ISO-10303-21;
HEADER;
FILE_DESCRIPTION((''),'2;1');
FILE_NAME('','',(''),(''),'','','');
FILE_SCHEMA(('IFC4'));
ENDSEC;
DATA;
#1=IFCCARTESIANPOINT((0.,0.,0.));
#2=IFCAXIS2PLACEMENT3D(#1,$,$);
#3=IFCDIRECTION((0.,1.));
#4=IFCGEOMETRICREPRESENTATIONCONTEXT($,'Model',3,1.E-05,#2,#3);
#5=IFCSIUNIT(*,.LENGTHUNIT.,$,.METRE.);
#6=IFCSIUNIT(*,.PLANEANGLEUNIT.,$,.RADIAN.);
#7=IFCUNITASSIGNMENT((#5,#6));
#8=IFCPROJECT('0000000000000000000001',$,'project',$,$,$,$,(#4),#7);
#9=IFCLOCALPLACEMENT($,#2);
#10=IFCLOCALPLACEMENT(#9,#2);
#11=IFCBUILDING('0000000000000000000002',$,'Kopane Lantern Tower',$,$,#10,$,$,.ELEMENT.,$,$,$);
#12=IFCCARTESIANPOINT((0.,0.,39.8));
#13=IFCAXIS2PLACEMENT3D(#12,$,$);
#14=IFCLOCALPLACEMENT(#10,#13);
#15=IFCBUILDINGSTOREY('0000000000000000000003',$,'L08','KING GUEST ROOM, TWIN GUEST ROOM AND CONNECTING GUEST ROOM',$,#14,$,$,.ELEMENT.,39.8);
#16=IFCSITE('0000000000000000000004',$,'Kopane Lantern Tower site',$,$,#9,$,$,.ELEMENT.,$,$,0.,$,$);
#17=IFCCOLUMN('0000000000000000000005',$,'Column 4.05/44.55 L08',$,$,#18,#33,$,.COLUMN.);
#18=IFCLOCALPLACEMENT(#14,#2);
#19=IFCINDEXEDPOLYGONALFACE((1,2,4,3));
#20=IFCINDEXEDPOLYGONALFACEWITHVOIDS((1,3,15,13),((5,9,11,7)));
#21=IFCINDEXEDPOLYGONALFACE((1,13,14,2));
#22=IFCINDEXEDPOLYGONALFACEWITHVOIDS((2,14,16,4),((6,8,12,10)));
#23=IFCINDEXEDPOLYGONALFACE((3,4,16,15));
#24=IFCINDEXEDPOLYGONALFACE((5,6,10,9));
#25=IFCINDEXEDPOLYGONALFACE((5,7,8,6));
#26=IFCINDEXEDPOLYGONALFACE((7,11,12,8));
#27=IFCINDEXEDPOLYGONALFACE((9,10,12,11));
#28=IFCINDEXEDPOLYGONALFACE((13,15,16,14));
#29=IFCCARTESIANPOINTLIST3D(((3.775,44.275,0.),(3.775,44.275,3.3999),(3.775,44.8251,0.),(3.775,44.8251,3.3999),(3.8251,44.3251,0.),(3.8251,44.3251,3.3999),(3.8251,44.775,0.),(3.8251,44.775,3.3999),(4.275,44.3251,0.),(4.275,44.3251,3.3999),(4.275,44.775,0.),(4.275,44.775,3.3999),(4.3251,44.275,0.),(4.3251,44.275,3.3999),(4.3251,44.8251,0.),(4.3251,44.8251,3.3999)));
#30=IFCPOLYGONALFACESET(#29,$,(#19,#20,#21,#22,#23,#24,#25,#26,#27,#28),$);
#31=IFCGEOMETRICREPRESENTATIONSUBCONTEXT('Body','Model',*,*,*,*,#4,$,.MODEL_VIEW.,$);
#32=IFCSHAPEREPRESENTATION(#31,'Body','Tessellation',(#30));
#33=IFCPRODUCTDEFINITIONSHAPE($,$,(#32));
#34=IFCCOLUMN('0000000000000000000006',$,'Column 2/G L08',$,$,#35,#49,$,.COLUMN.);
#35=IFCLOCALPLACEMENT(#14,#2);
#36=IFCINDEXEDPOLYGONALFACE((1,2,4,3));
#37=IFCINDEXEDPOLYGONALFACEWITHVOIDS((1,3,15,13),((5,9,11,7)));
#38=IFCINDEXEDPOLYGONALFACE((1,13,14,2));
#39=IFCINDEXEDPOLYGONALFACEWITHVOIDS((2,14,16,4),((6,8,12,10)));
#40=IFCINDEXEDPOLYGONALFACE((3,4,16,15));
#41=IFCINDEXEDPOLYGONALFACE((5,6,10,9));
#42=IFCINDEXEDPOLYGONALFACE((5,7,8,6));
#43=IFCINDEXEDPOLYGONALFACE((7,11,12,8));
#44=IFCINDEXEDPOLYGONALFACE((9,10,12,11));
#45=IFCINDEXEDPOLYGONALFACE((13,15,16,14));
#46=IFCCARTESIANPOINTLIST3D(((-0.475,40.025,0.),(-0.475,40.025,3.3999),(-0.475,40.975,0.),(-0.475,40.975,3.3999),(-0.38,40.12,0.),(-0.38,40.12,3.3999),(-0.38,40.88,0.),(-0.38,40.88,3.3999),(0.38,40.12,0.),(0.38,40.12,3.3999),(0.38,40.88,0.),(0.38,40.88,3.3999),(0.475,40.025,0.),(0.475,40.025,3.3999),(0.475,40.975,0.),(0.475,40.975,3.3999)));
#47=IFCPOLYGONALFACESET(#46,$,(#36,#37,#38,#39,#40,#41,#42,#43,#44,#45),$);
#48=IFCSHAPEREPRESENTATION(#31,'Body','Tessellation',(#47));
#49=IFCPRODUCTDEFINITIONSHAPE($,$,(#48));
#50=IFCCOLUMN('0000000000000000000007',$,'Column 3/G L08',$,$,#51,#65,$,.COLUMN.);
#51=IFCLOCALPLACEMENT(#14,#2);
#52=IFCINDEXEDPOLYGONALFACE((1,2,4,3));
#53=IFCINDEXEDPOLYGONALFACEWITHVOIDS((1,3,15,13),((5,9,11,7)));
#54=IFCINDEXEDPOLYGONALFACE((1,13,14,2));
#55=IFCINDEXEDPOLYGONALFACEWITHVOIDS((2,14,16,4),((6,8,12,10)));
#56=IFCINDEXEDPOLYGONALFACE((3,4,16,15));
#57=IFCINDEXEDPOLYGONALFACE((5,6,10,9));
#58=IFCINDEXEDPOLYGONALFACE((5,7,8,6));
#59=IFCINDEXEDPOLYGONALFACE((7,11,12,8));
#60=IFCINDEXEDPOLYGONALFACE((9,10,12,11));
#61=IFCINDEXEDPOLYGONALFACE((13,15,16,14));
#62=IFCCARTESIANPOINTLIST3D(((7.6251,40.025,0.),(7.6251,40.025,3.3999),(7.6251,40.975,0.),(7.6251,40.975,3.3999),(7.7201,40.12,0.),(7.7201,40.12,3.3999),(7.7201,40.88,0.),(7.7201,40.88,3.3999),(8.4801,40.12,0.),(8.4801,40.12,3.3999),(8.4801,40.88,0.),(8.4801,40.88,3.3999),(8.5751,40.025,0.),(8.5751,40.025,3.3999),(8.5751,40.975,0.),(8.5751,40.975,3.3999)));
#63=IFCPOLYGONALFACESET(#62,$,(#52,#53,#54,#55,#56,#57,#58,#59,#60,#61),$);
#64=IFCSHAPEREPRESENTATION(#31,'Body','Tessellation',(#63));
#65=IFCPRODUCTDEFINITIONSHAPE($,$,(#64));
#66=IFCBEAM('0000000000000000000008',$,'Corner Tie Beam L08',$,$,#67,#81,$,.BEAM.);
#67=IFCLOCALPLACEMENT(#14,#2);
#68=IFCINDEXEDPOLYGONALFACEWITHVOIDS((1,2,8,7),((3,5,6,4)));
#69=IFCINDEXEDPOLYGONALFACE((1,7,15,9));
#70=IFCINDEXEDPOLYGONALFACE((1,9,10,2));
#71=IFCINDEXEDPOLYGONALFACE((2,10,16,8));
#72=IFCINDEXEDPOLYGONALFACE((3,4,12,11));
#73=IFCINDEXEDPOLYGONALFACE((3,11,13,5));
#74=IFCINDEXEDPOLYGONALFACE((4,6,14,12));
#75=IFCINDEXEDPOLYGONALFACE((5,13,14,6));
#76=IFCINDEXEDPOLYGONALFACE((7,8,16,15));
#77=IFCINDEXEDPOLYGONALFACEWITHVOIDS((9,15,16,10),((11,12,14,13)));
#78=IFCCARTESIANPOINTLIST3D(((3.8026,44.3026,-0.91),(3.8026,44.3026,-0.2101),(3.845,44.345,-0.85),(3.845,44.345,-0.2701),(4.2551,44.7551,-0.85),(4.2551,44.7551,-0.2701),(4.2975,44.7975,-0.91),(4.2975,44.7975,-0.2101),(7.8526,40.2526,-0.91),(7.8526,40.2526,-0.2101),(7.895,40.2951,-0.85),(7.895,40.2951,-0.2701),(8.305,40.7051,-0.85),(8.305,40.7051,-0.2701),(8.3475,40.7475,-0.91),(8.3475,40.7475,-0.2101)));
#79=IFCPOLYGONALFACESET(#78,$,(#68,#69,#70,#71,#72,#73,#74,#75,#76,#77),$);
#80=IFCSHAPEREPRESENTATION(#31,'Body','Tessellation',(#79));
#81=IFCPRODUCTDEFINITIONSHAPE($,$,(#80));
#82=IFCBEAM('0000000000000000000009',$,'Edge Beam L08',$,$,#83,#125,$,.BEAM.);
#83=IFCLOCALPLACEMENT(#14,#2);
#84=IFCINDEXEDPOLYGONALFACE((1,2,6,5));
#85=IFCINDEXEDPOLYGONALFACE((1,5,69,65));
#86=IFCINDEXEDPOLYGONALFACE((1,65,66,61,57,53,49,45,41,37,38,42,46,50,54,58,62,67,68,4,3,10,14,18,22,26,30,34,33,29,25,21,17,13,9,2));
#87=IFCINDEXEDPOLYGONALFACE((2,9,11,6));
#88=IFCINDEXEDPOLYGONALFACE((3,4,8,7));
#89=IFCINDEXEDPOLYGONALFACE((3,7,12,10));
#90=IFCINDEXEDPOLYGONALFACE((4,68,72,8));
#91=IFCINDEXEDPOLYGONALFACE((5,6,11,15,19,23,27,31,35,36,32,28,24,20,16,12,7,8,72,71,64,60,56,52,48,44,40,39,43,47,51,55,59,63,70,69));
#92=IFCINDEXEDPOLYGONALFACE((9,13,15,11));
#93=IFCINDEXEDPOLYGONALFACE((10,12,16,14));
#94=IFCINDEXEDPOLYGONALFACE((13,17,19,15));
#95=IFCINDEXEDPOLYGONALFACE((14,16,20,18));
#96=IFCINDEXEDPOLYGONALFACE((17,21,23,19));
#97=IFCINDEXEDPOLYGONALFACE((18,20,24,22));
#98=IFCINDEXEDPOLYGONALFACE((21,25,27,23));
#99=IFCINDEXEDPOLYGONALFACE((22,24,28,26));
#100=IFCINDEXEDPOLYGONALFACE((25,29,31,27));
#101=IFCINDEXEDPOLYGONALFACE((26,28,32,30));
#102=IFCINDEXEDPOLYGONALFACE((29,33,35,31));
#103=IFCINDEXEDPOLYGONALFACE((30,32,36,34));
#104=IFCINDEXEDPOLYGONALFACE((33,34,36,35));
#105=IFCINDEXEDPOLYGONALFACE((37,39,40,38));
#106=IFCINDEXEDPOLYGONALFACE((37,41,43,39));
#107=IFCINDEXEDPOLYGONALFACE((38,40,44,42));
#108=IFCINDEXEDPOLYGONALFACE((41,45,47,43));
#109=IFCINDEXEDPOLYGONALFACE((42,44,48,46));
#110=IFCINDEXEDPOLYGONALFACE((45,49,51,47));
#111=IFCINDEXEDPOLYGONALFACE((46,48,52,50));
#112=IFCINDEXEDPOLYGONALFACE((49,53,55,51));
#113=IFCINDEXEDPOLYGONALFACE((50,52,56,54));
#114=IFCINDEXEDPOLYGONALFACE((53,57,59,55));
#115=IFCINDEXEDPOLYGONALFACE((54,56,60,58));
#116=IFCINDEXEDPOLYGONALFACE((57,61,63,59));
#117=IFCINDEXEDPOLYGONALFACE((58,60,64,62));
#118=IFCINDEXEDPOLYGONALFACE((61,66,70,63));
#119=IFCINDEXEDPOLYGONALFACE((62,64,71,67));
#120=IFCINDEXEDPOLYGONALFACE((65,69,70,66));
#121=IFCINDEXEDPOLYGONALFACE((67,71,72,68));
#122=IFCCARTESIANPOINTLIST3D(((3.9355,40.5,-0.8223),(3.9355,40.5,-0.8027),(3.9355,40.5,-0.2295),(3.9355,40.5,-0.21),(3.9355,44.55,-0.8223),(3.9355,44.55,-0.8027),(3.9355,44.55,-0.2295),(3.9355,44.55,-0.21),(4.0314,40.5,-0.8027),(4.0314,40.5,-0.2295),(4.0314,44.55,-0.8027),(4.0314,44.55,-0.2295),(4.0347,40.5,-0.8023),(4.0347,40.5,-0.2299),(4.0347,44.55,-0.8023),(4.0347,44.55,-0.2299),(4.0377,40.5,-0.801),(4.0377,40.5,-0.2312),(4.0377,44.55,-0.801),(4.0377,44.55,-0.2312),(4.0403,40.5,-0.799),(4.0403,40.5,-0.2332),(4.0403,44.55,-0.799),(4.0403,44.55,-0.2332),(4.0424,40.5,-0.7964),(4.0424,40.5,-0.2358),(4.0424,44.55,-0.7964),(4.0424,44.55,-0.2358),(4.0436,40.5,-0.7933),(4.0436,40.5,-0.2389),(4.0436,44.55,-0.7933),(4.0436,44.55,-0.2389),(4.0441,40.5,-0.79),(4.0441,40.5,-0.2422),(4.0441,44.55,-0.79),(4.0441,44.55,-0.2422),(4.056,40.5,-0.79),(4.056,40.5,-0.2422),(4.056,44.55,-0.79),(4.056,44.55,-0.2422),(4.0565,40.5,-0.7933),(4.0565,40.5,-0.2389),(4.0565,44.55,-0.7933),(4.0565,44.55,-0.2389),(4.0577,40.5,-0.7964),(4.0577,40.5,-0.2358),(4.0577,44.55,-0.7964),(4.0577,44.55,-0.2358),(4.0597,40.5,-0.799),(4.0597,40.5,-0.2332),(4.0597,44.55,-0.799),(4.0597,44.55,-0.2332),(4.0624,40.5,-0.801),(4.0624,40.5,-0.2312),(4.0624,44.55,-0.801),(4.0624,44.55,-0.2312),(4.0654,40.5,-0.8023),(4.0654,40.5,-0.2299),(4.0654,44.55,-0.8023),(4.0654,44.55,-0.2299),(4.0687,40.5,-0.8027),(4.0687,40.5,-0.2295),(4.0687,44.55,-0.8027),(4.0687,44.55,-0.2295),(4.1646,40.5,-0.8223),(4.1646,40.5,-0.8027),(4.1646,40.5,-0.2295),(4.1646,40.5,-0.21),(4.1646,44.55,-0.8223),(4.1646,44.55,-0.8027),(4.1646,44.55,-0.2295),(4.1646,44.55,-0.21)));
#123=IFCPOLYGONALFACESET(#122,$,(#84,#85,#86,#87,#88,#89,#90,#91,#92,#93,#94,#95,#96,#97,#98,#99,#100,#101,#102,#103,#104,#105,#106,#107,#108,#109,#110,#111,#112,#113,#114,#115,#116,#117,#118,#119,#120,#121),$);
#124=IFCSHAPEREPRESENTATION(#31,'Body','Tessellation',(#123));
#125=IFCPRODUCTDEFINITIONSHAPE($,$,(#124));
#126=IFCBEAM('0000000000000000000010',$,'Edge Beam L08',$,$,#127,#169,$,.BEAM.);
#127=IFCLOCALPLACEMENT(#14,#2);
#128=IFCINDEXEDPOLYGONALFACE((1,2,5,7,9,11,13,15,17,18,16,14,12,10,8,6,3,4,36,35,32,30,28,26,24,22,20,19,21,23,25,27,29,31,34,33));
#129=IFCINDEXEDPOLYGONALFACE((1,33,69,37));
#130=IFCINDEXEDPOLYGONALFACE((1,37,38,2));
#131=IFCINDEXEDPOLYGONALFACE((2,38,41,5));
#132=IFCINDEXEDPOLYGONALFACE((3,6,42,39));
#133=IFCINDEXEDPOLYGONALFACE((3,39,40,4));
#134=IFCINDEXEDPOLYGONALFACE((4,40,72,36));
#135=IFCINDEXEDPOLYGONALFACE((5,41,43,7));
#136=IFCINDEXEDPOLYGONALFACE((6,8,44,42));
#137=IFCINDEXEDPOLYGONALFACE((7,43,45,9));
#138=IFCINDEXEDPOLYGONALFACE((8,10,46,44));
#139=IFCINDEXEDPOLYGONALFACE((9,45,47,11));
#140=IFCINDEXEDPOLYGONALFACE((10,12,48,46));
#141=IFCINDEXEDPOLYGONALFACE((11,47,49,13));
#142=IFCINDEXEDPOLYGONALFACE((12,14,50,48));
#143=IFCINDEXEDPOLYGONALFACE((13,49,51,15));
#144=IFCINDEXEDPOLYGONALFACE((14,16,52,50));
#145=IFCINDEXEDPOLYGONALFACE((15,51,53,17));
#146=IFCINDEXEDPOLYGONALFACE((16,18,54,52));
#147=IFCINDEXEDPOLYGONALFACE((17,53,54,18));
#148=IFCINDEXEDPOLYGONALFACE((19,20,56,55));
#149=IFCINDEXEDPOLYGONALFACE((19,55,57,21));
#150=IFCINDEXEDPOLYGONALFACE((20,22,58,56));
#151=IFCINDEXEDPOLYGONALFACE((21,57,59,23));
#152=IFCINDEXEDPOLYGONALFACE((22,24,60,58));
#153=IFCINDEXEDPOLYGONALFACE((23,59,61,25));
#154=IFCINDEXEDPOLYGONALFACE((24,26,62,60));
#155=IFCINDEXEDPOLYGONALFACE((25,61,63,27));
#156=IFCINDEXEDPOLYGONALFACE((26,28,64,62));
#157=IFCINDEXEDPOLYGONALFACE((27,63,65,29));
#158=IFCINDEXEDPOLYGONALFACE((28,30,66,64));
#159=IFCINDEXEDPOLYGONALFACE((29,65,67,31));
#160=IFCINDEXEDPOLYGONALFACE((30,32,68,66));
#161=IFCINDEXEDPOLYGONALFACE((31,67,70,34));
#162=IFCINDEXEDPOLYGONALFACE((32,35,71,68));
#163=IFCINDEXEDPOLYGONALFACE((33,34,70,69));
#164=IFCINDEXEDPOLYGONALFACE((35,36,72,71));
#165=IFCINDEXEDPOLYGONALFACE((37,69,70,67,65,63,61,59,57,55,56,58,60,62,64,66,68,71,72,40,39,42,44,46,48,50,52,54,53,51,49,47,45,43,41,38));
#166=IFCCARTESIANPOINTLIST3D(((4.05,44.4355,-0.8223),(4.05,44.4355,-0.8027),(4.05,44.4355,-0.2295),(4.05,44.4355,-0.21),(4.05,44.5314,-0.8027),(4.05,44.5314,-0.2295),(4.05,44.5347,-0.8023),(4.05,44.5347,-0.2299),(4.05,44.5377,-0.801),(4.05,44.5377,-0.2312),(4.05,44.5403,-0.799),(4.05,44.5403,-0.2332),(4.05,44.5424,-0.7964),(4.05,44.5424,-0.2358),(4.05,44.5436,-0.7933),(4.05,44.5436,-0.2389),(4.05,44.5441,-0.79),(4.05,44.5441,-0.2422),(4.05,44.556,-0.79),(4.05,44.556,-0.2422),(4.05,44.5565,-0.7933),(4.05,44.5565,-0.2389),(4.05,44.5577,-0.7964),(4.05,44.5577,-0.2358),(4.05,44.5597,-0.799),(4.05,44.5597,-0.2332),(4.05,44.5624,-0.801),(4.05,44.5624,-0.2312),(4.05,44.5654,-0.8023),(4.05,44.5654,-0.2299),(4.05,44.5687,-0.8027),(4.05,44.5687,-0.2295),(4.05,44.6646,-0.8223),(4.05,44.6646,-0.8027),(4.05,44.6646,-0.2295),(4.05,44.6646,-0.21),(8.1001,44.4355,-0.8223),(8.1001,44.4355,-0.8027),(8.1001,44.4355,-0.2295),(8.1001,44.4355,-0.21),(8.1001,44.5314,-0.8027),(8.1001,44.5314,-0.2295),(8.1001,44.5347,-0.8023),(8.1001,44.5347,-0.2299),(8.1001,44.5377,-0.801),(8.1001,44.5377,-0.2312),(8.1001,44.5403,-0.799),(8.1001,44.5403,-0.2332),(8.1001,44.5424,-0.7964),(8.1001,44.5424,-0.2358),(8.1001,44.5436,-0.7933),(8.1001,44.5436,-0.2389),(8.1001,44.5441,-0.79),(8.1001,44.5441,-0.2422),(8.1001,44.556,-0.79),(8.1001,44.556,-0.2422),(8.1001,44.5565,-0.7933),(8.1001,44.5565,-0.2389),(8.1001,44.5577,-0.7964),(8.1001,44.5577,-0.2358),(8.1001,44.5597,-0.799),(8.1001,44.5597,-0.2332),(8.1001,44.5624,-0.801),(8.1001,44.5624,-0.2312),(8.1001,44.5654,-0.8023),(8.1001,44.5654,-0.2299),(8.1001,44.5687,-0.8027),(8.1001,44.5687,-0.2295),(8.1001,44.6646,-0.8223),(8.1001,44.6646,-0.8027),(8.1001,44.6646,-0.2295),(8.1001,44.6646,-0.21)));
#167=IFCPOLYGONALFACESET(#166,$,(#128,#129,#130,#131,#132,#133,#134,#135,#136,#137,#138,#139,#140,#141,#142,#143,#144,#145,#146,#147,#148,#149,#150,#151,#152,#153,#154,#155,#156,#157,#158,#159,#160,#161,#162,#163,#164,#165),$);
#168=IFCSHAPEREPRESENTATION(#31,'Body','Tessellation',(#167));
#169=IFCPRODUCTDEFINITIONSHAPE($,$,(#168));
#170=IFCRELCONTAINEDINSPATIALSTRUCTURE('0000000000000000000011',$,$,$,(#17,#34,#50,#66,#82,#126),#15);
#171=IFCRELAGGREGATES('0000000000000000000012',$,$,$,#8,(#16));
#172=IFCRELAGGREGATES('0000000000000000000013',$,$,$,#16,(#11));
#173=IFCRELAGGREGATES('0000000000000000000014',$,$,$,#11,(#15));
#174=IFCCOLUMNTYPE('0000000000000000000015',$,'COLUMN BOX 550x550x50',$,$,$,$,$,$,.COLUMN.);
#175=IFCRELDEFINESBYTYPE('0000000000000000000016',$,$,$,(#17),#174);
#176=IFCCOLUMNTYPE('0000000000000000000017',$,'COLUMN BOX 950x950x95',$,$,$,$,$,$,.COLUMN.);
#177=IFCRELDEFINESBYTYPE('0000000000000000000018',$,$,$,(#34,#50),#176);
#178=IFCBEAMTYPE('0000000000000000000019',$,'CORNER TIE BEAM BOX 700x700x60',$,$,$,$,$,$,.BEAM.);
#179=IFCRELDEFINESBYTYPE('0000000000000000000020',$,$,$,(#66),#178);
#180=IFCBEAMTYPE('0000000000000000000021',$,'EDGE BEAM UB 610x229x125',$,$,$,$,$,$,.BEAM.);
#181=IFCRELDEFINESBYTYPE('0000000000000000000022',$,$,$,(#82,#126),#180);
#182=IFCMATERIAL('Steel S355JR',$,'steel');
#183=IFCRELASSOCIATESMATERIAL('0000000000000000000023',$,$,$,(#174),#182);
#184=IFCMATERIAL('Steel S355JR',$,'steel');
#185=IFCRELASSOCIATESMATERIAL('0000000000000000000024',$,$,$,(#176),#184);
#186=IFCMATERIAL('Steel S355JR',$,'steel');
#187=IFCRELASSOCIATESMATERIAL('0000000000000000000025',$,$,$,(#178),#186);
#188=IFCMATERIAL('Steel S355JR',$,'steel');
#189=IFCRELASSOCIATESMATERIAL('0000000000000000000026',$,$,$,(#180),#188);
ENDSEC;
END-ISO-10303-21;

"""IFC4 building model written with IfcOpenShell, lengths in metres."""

from ifc_helpers import new_model, si_unit, direction, frame, origin, origin_2d, place, context, subcontext, project, spatial, hollow_rectangle, i_section, extrude, material, material_profile, profile_set, type_object, element, save


model = new_model("IFC4")

# Units and contexts
model_context = context("Model", 3, precision=1e-05, world=origin(), true_north=direction((0.0, 1.0)))
body_context = subcontext(model_context, "Body", "Model", "MODEL_VIEW")
ifc_project = project(units=[si_unit("LENGTHUNIT", "METRE"), si_unit("PLANEANGLEUNIT", "RADIAN")], contexts=[model_context])

# Site, building, storey
site_placement = place(None, origin())
site = spatial("IfcSite", under=ifc_project, at=site_placement, Name="Kopane Lantern Tower site", CompositionType="ELEMENT", RefElevation=0.0)
building_placement = place(site_placement, origin())
building = spatial("IfcBuilding", under=site, at=building_placement, Name="Kopane Lantern Tower", CompositionType="ELEMENT")
storey_placement = place(building_placement, frame((0.0, 0.0, 39.8)))
storey = spatial("IfcBuildingStorey", under=building, at=storey_placement, Name="L08", Description="KING GUEST ROOM, TWIN GUEST ROOM AND CONNECTING GUEST ROOM", CompositionType="ELEMENT", Elevation=39.8)

# Columns
ifc_material_1 = material(Name="Steel S355JR", Category="steel")
ifc_material_profile_1 = material_profile(ifc_material_1, hollow_rectangle(XDim=0.55, YDim=0.55, WallThickness=0.05, at=origin_2d()), Name="BOX 550x550x50")
ifc_profile_set_1 = profile_set([ifc_material_profile_1], Name="Steel S355JR")
column_type_1 = type_object("IfcColumnType", Name="COLUMN BOX 550x550x50", PredefinedType="COLUMN", material=ifc_profile_set_1)
column_placement = place(storey_placement, frame((4.05, 44.55, 0.0), z_axis=(0.0, 0.0, 1.0), x_axis=(1.0, 0.0, 0.0)))
element("IfcColumn", 1, at=column_placement, inside=storey, type_object=column_type_1, Name="Column 4.05/44.55 L08", PredefinedType="COLUMN", context=body_context, shape_type="SweptSolid", body=[
    extrude(hollow_rectangle(XDim=0.55, YDim=0.55, WallThickness=0.05, at=origin_2d()), origin(), (0.0, 0.0, 1.0), 3.3999),
])
ifc_material_2 = material(Name="Steel S355JR", Category="steel")
ifc_material_profile_2 = material_profile(ifc_material_2, hollow_rectangle(XDim=0.95, YDim=0.95, WallThickness=0.095, at=origin_2d()), Name="BOX 950x950x95")
ifc_profile_set_2 = profile_set([ifc_material_profile_2], Name="Steel S355JR")
column_type_2 = type_object("IfcColumnType", Name="COLUMN BOX 950x950x95", PredefinedType="COLUMN", material=ifc_profile_set_2)
for number, where, z_axis, x_axis, name in (
    (2, (0.0, 40.5, 0.0), (0.0, 0.0, 1.0), (1.0, 0.0, 0.0), "Column 2/G L08"),
    (3, (8.1001, 40.5, 0.0), (0.0, 0.0, 1.0), (1.0, 0.0, 0.0), "Column 3/G L08"),
):
    element("IfcColumn", number, at=place(storey_placement, frame(where, z_axis=z_axis, x_axis=x_axis)), inside=storey, type_object=column_type_2, Name=name, PredefinedType="COLUMN", context=body_context, shape_type="SweptSolid", body=[
        extrude(hollow_rectangle(XDim=0.95, YDim=0.95, WallThickness=0.095, at=origin_2d()), origin(), (0.0, 0.0, 1.0), 3.3999),
    ])

# Beams
ifc_material_3 = material(Name="Steel S355JR", Category="steel")
ifc_material_profile_3 = material_profile(ifc_material_3, hollow_rectangle(XDim=0.7, YDim=0.7, WallThickness=0.0601, at=origin_2d()), Name="BOX 700x700x60")
ifc_profile_set_3 = profile_set([ifc_material_profile_3], Name="Steel S355JR")
beam_type_1 = type_object("IfcBeamType", Name="CORNER TIE BEAM BOX 700x700x60", PredefinedType="BEAM", material=ifc_profile_set_3)
beam_1_placement = place(storey_placement, frame((4.05, 44.55, -0.5601), z_axis=(0.707107, -0.707107, 0.0), x_axis=(0.707107, 0.707107, 0.0)))
element("IfcBeam", 4, at=beam_1_placement, inside=storey, type_object=beam_type_1, Name="Corner Tie Beam L08", PredefinedType="BEAM", context=body_context, shape_type="SweptSolid", body=[
    extrude(hollow_rectangle(XDim=0.7, YDim=0.7, WallThickness=0.0601, at=origin_2d()), origin(), (0.0, 0.0, 1.0), 5.7275),
])
ifc_material_4 = material(Name="Steel S355JR", Category="steel")
ifc_material_profile_4 = material_profile(ifc_material_4, i_section(OverallWidth=0.229, OverallDepth=0.6123, WebThickness=0.012, FlangeThickness=0.0195, FilletRadius=0.0127, at=origin_2d()), Name="UB 610x229x125")
ifc_profile_set_4 = profile_set([ifc_material_profile_4], Name="Steel S355JR")
beam_type_2 = type_object("IfcBeamType", Name="EDGE BEAM UB 610x229x125", PredefinedType="BEAM", material=ifc_profile_set_4)
for number, where, z_axis, x_axis, name in (
    (5, (4.05, 44.55, -0.5161), (0.0, -1.0, 0.0), (1.0, 0.0, 0.0), "Edge Beam L08"),
    (6, (4.05, 44.55, -0.5161), (1.0, 0.0, 0.0), (0.0, 1.0, 0.0), "Edge Beam L08"),
):
    element("IfcBeam", number, at=place(storey_placement, frame(where, z_axis=z_axis, x_axis=x_axis)), inside=storey, type_object=beam_type_2, Name=name, PredefinedType="BEAM", context=body_context, shape_type="SweptSolid", body=[
        extrude(i_section(OverallWidth=0.229, OverallDepth=0.6123, WebThickness=0.012, FlangeThickness=0.0195, FilletRadius=0.0127, at=origin_2d()), origin(), (0.0, 0.0, 1.0), 4.05),
    ])

save(model, "model.ifc")
